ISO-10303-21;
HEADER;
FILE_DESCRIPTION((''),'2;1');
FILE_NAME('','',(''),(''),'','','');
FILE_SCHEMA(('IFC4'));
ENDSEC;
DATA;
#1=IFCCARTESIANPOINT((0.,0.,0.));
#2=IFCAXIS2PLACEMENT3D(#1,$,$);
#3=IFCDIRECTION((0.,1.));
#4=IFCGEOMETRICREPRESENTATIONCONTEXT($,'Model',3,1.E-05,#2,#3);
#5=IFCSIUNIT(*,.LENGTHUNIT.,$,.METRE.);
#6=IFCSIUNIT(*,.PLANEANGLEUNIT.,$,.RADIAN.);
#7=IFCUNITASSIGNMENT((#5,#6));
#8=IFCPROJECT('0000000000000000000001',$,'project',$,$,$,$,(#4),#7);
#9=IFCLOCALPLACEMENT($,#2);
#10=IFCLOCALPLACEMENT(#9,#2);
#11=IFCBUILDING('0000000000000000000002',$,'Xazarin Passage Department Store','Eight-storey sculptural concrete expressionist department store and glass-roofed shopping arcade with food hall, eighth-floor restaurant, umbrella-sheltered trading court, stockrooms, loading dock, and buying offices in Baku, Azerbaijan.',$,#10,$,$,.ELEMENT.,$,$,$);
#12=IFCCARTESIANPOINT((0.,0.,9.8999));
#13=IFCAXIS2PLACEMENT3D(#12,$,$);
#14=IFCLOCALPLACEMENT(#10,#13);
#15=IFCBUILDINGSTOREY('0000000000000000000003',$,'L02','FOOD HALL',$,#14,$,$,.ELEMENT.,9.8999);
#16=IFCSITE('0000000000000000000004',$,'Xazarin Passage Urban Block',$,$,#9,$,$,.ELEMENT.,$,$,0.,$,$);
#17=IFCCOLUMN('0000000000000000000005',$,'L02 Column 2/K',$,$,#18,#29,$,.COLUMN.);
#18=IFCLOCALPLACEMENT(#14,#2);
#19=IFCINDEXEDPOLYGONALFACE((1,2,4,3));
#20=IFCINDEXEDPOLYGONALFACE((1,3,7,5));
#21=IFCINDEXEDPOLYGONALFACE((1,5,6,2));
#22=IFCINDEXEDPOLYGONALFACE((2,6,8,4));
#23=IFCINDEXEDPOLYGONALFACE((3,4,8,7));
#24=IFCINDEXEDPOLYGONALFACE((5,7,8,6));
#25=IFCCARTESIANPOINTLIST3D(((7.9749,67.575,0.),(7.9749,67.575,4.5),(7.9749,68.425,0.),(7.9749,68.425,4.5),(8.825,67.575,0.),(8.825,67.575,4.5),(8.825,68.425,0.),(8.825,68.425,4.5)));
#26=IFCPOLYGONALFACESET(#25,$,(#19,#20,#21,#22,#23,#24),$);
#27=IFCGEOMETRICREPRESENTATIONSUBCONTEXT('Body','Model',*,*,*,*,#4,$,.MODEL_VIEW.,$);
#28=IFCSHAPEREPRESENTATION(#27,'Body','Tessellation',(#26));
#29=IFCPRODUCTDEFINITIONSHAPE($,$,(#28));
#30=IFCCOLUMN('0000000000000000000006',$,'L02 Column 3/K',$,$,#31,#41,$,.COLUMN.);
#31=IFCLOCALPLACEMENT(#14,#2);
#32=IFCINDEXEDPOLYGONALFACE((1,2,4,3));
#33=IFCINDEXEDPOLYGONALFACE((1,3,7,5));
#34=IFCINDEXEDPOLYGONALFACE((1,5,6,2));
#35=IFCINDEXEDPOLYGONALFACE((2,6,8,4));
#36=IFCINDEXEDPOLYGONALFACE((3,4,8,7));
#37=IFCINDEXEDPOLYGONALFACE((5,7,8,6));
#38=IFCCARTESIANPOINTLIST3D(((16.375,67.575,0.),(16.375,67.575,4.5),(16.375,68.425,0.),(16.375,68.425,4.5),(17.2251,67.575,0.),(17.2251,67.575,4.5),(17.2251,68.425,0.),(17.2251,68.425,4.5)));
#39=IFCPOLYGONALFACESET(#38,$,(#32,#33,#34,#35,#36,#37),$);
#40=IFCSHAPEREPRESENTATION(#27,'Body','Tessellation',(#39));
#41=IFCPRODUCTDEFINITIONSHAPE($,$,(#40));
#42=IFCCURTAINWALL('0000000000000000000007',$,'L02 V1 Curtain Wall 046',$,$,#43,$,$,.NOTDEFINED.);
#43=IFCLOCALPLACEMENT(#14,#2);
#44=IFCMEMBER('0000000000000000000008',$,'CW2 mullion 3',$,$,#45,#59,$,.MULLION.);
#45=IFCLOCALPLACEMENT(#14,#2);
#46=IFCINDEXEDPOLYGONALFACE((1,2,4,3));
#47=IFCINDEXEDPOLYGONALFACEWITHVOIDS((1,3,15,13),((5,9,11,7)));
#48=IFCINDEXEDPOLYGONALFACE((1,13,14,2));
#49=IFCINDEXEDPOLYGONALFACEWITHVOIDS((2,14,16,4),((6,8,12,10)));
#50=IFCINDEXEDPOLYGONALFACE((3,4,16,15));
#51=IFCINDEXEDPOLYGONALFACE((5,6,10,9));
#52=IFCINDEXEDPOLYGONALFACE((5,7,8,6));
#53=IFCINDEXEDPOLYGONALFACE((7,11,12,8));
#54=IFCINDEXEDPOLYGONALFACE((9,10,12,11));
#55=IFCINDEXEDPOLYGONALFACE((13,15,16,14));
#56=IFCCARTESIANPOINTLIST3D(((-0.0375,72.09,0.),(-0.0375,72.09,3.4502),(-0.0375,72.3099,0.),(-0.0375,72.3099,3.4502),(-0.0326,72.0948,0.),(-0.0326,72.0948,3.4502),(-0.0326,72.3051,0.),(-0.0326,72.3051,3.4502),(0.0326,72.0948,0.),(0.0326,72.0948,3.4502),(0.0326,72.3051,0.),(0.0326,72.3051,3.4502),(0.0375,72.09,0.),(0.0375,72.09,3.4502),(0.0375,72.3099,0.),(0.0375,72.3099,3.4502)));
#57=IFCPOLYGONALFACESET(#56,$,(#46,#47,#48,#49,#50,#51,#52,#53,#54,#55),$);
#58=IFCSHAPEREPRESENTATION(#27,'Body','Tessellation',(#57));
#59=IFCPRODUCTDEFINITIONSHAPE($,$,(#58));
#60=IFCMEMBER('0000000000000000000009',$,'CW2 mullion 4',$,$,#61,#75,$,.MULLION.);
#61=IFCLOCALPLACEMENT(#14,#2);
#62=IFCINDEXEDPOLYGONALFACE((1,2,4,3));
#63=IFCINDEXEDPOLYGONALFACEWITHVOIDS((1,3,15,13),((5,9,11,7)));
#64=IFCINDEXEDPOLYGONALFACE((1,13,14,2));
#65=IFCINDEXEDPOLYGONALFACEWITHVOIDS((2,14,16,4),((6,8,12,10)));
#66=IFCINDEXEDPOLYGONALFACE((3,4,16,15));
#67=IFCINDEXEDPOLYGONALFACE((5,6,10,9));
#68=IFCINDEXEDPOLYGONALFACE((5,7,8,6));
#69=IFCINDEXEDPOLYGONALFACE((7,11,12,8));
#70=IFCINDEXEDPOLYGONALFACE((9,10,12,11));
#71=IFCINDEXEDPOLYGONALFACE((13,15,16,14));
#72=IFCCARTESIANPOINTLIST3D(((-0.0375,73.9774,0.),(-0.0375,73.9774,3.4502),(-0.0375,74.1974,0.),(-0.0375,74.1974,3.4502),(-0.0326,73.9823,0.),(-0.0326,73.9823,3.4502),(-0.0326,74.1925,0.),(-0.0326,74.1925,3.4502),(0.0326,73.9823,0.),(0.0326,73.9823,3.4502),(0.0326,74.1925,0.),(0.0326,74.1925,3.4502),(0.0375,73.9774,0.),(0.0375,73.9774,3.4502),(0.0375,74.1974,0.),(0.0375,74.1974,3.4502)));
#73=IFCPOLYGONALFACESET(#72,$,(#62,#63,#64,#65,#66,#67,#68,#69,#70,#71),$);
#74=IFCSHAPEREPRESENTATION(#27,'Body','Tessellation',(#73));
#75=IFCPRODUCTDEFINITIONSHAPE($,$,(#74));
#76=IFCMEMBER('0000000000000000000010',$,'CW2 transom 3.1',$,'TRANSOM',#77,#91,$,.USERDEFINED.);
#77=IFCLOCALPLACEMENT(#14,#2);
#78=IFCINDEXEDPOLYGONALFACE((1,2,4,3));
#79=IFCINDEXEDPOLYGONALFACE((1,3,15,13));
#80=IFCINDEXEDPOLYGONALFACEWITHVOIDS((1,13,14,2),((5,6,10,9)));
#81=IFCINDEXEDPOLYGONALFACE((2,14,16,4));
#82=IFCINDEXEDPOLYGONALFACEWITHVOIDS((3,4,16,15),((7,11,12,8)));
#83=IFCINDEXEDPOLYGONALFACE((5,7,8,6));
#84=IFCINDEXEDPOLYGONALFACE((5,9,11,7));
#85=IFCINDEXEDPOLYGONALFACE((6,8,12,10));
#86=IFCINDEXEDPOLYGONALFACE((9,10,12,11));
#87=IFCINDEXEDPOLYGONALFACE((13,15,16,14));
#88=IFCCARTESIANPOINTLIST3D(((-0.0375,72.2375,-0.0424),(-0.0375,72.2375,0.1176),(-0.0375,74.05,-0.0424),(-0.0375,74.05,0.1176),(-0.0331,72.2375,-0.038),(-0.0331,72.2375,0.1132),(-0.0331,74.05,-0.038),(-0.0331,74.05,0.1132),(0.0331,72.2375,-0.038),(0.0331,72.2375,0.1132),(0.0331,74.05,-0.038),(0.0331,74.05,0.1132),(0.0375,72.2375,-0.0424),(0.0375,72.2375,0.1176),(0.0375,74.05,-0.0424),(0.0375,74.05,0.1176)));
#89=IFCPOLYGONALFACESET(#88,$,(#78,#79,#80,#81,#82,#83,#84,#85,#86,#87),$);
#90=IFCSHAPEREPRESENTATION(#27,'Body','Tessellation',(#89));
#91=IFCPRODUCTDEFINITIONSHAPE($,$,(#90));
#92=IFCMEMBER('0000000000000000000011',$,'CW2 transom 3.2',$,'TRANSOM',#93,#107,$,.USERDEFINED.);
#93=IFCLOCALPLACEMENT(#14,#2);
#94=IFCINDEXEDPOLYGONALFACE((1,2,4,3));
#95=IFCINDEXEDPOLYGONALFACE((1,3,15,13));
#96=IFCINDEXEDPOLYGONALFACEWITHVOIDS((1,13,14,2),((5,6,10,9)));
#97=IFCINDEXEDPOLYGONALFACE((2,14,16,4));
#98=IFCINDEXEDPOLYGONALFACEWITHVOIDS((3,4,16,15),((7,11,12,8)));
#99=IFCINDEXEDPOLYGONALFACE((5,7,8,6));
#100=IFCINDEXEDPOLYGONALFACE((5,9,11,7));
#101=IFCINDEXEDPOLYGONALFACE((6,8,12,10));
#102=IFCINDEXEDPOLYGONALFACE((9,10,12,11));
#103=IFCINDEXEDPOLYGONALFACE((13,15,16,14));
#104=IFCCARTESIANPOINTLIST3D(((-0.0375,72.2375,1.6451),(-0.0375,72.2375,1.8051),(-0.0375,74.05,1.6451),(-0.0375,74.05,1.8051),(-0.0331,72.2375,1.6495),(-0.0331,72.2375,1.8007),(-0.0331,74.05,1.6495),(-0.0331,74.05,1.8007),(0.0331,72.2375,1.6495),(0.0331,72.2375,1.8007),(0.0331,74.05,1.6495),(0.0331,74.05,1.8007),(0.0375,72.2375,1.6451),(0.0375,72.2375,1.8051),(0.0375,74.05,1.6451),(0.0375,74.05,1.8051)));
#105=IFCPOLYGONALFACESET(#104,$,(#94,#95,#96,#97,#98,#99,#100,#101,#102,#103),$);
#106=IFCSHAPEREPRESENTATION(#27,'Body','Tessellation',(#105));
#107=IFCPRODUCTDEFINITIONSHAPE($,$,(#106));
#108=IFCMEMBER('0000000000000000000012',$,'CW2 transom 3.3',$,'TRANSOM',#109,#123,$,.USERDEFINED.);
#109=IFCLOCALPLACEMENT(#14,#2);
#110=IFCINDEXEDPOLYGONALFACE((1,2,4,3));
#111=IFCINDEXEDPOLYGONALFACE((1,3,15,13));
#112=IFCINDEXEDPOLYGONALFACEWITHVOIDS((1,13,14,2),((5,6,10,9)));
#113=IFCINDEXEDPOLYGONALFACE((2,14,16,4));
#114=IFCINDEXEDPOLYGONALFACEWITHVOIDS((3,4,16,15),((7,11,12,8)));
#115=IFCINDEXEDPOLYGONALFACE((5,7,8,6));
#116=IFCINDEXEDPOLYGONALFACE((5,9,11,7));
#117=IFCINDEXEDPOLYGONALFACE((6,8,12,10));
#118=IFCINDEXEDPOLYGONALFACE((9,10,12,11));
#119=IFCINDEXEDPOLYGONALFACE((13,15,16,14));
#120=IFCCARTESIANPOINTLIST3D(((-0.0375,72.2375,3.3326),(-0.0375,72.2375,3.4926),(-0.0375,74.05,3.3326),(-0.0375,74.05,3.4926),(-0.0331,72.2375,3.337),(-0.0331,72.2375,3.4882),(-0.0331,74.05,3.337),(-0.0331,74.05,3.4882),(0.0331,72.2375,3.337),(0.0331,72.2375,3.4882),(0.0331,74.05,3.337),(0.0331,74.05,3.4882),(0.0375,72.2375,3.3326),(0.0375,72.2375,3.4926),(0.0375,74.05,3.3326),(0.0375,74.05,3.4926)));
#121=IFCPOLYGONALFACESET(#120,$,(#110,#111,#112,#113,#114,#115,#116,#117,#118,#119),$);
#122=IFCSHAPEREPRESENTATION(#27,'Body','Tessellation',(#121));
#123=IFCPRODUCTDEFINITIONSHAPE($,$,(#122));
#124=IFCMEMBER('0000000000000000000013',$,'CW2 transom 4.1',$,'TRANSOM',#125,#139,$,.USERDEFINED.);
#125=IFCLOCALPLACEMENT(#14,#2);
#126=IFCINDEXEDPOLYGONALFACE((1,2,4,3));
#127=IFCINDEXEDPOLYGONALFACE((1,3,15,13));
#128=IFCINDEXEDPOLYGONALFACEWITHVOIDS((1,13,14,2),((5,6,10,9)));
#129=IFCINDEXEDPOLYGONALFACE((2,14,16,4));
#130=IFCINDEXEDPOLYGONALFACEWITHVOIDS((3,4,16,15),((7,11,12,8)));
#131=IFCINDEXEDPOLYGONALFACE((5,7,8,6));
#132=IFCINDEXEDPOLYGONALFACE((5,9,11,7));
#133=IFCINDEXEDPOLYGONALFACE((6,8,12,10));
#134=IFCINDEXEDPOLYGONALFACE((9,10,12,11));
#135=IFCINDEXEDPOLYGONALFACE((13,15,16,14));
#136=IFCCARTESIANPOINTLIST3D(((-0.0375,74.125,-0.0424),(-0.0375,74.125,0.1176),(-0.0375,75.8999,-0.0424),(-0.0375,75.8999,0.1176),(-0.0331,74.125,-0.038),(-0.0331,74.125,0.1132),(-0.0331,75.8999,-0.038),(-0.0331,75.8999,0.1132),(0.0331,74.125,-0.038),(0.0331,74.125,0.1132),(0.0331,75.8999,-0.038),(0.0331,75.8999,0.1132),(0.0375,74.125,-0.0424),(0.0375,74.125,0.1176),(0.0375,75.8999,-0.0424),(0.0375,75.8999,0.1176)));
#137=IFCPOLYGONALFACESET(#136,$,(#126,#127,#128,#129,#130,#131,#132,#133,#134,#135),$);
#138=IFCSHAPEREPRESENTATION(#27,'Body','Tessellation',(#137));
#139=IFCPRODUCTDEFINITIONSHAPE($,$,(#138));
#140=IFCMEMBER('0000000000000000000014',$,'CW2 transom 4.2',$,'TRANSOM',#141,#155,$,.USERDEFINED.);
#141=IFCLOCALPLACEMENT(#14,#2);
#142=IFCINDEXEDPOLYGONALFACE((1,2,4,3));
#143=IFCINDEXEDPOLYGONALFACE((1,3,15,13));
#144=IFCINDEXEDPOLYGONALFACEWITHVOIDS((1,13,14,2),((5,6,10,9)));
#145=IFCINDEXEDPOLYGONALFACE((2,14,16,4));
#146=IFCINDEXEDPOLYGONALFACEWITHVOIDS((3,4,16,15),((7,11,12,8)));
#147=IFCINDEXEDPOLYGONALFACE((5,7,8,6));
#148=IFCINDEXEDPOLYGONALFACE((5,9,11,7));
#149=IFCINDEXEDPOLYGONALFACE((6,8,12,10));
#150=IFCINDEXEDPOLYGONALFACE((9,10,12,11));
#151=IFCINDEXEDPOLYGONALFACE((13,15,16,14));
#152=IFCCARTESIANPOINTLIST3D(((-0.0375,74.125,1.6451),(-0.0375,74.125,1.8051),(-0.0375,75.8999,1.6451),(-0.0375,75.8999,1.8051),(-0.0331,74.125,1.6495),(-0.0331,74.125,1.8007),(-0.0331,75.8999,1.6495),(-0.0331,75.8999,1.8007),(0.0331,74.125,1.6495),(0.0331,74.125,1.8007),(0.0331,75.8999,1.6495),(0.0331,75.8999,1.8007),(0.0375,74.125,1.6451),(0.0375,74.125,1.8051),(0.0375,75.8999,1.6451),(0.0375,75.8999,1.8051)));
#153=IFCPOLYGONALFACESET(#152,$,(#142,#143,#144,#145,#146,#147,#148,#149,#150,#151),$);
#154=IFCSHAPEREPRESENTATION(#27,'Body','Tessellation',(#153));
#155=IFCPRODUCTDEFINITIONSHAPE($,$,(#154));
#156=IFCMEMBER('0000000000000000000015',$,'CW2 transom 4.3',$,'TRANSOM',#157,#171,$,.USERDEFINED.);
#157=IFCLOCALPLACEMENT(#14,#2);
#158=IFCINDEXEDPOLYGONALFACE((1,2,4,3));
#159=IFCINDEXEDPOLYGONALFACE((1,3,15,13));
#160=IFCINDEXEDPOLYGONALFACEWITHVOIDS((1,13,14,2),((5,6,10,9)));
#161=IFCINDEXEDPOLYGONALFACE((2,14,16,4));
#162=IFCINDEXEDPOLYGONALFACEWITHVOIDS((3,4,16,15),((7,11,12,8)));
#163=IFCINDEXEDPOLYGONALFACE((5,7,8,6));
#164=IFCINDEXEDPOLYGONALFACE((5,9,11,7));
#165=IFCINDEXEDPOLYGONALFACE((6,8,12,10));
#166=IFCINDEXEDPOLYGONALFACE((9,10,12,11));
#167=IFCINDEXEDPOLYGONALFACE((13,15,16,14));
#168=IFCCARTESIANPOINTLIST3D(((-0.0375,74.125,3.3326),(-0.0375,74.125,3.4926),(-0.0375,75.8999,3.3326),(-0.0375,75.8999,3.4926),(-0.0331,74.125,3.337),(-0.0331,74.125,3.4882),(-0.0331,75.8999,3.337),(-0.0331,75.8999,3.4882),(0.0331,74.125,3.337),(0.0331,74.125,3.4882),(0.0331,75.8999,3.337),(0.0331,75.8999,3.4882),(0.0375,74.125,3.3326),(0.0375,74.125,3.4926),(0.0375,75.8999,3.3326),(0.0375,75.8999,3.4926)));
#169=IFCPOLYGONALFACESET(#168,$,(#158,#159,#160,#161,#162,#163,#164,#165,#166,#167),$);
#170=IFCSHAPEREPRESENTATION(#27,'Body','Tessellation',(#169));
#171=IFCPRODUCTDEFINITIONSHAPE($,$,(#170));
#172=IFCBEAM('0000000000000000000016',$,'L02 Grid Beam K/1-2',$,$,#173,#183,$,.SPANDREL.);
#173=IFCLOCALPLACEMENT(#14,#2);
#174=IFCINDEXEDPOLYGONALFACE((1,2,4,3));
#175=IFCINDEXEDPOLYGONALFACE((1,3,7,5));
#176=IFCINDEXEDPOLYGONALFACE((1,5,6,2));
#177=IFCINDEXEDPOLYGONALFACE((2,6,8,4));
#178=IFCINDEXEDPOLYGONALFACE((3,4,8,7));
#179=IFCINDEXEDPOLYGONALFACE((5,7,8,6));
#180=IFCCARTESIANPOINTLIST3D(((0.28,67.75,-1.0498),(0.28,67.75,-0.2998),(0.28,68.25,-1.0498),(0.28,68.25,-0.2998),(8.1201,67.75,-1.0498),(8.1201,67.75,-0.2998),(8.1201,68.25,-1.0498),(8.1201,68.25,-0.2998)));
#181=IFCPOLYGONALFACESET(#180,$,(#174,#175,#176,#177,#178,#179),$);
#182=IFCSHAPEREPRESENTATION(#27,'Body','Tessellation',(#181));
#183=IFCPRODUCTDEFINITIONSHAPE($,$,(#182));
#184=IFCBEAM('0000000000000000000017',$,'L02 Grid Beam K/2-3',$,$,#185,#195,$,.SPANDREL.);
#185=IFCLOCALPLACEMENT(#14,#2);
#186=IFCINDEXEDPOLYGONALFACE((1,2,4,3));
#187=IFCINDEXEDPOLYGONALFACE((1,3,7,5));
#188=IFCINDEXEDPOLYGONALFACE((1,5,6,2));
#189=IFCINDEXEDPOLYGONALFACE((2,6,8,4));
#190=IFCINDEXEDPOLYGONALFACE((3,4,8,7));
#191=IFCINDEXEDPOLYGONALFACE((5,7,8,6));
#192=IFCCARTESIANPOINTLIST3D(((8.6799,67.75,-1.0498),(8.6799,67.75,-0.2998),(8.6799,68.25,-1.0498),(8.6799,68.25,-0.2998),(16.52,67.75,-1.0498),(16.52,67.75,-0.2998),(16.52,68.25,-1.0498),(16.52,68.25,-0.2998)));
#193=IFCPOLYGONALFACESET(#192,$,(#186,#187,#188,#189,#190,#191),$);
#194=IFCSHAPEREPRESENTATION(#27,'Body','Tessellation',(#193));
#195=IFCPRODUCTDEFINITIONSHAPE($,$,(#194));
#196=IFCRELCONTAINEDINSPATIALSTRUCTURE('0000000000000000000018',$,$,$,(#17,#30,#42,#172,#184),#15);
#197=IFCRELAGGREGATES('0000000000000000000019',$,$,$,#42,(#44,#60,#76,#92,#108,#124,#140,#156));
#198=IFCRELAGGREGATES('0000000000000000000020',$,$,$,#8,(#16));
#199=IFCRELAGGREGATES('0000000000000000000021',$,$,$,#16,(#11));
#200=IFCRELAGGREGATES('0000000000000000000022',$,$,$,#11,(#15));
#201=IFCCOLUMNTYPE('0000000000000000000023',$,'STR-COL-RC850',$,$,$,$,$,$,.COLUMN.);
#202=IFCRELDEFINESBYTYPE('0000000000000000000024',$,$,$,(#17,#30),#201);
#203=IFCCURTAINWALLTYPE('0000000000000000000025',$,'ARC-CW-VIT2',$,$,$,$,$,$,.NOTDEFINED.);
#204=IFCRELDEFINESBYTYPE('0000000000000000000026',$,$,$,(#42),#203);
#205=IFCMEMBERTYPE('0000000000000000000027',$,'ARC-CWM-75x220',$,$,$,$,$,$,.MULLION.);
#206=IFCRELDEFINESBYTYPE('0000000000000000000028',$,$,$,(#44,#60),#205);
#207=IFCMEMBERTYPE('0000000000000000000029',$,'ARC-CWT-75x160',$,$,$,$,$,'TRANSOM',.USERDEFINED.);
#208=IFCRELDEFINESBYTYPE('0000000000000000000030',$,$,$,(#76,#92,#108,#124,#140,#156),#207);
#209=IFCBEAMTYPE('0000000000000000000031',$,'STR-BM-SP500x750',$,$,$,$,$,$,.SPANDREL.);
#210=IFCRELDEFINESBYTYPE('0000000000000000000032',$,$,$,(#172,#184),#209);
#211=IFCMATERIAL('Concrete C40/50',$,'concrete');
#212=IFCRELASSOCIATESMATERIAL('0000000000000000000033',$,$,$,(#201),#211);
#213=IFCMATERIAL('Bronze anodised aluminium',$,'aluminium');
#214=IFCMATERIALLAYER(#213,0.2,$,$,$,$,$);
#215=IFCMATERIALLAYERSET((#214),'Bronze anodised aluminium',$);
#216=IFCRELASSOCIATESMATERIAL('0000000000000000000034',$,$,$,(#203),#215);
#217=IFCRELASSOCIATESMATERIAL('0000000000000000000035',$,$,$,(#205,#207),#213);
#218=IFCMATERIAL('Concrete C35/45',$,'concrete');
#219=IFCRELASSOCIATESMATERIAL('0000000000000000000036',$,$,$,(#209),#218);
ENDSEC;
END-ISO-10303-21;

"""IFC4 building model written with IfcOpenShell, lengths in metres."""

from ifc_helpers import new_model, si_unit, direction, frame, origin, origin_2d, place, context, subcontext, project, spatial, rectangle, hollow_rectangle, extrude, material, layer, layer_set, material_profile, profile_set, type_object, element, aggregate, save


model = new_model("IFC4")

# Units and contexts
model_context = context("Model", 3, precision=1e-05, world=origin(), true_north=direction((0.0, 1.0)))
body_context = subcontext(model_context, "Body", "Model", "MODEL_VIEW")
ifc_project = project(units=[si_unit("LENGTHUNIT", "METRE"), si_unit("PLANEANGLEUNIT", "RADIAN")], contexts=[model_context])

# Site, building, storey
site_placement = place(None, origin())
site = spatial("IfcSite", under=ifc_project, at=site_placement, Name="Xazarin Passage Urban Block", CompositionType="ELEMENT", RefElevation=0.0)
building_placement = place(site_placement, origin())
building = spatial("IfcBuilding", under=site, at=building_placement, Name="Xazarin Passage Department Store", Description="Eight-storey sculptural concrete expressionist department store and glass-roofed shopping arcade with food hall, eighth-floor restaurant, umbrella-sheltered trading court, stockrooms, loading dock, and buying offices in Baku, Azerbaijan.", CompositionType="ELEMENT")
storey_placement = place(building_placement, frame((0.0, 0.0, 9.8999)))
storey = spatial("IfcBuildingStorey", under=building, at=storey_placement, Name="L02", Description="FOOD HALL", CompositionType="ELEMENT", Elevation=9.8999)

# Columns
ifc_material_1 = material(Name="Concrete C40/50", Category="concrete")
ifc_material_profile_1 = material_profile(ifc_material_1, rectangle(XDim=0.8501, YDim=0.8501, at=origin_2d()), Name="RC 850x850")
ifc_profile_set_1 = profile_set([ifc_material_profile_1], Name="Concrete C40/50")
column_type = type_object("IfcColumnType", Name="STR-COL-RC850", PredefinedType="COLUMN", material=ifc_profile_set_1)
for number, where, z_axis, x_axis, name in (
    (1, (8.3999, 68.0, 0.0), (0.0, 0.0, 1.0), (1.0, 0.0, 0.0), "L02 Column 2/K"),
    (2, (16.8, 68.0, 0.0), (0.0, 0.0, 1.0), (1.0, 0.0, 0.0), "L02 Column 3/K"),
):
    element("IfcColumn", number, at=place(storey_placement, frame(where, z_axis=z_axis, x_axis=x_axis)), inside=storey, type_object=column_type, Name=name, PredefinedType="COLUMN", context=body_context, shape_type="SweptSolid", body=[
        extrude(rectangle(XDim=0.8501, YDim=0.8501, at=origin_2d()), origin(), (0.0, 0.0, 1.0), 4.5),
    ])

# Curtain wall, members
ifc_material_2 = material(Name="Bronze anodised aluminium", Category="aluminium")
ifc_layer_1 = layer(ifc_material_2, 0.2)
ifc_layer_set_1 = layer_set([ifc_layer_1], Name="Bronze anodised aluminium")
curtain_wall_type = type_object("IfcCurtainWallType", Name="ARC-CW-VIT2", PredefinedType="NOTDEFINED", material=ifc_layer_set_1)
curtain_wall_placement = place(storey_placement, origin())
curtain_wall = element("IfcCurtainWall", 3, at=curtain_wall_placement, inside=storey, type_object=curtain_wall_type, Name="L02 V1 Curtain Wall 046", PredefinedType="NOTDEFINED")
ifc_material_profile_2 = material_profile(ifc_material_2, hollow_rectangle(XDim=0.075, YDim=0.22, WallThickness=0.0049, at=origin_2d()), Name="ALU 75x220")
ifc_profile_set_2 = profile_set([ifc_material_profile_2], Name="Bronze anodised aluminium")
member_type_1 = type_object("IfcMemberType", Name="ARC-CWM-75x220", PredefinedType="MULLION", material=ifc_profile_set_2)
member_1_placement = place(storey_placement, frame((0.0, 72.2, 0.0), z_axis=(0.0, 0.0, 1.0), x_axis=(-1.0, 0.0, 0.0)))
member_1 = element("IfcMember", 4, at=member_1_placement, type_object=member_type_1, Name="CW2 mullion 3", PredefinedType="MULLION", context=body_context, shape_type="SweptSolid", body=[
    extrude(hollow_rectangle(XDim=0.075, YDim=0.22, WallThickness=0.0049, at=origin_2d()), origin(), (0.0, 0.0, 1.0), 3.4502),
])
member_2_placement = place(storey_placement, frame((0.0, 74.0874, 0.0), z_axis=(0.0, 0.0, 1.0), x_axis=(-1.0, 0.0, 0.0)))
member_2 = element("IfcMember", 5, at=member_2_placement, type_object=member_type_1, Name="CW2 mullion 4", PredefinedType="MULLION", context=body_context, shape_type="SweptSolid", body=[
    extrude(hollow_rectangle(XDim=0.075, YDim=0.22, WallThickness=0.0049, at=origin_2d()), origin(), (0.0, 0.0, 1.0), 3.4502),
])
ifc_material_profile_3 = material_profile(ifc_material_2, hollow_rectangle(XDim=0.075, YDim=0.1599, WallThickness=0.0044, at=origin_2d()), Name="ALU 75x160")
ifc_profile_set_3 = profile_set([ifc_material_profile_3], Name="Bronze anodised aluminium")
member_type_2 = type_object("IfcMemberType", Name="ARC-CWT-75x160", ElementType="TRANSOM", PredefinedType="USERDEFINED", material=ifc_profile_set_3)
member_3_placement = place(storey_placement, frame((0.0, 72.2375, 0.0376), z_axis=(0.0, 1.0, 0.0), x_axis=(-1.0, 0.0, 0.0)))
member_3 = element("IfcMember", 6, at=member_3_placement, type_object=member_type_2, Name="CW2 transom 3.1", ObjectType="TRANSOM", PredefinedType="USERDEFINED", context=body_context, shape_type="SweptSolid", body=[
    extrude(hollow_rectangle(XDim=0.075, YDim=0.1599, WallThickness=0.0044, at=origin_2d()), origin(), (0.0, 0.0, 1.0), 1.8125),
])
member_4_placement = place(storey_placement, frame((0.0, 72.2375, 1.7251), z_axis=(0.0, 1.0, 0.0), x_axis=(-1.0, 0.0, 0.0)))
member_4 = element("IfcMember", 7, at=member_4_placement, type_object=member_type_2, Name="CW2 transom 3.2", ObjectType="TRANSOM", PredefinedType="USERDEFINED", context=body_context, shape_type="SweptSolid", body=[
    extrude(hollow_rectangle(XDim=0.075, YDim=0.1599, WallThickness=0.0044, at=origin_2d()), origin(), (0.0, 0.0, 1.0), 1.8125),
])
member_5_placement = place(storey_placement, frame((0.0, 72.2375, 3.4126), z_axis=(0.0, 1.0, 0.0), x_axis=(-1.0, 0.0, 0.0)))
member_5 = element("IfcMember", 8, at=member_5_placement, type_object=member_type_2, Name="CW2 transom 3.3", ObjectType="TRANSOM", PredefinedType="USERDEFINED", context=body_context, shape_type="SweptSolid", body=[
    extrude(hollow_rectangle(XDim=0.075, YDim=0.1599, WallThickness=0.0044, at=origin_2d()), origin(), (0.0, 0.0, 1.0), 1.8125),
])
member_6_placement = place(storey_placement, frame((0.0, 74.125, 0.0376), z_axis=(0.0, 1.0, 0.0), x_axis=(-1.0, 0.0, 0.0)))
member_6 = element("IfcMember", 9, at=member_6_placement, type_object=member_type_2, Name="CW2 transom 4.1", ObjectType="TRANSOM", PredefinedType="USERDEFINED", context=body_context, shape_type="SweptSolid", body=[
    extrude(hollow_rectangle(XDim=0.075, YDim=0.1599, WallThickness=0.0044, at=origin_2d()), origin(), (0.0, 0.0, 1.0), 1.7749),
])
member_7_placement = place(storey_placement, frame((0.0, 74.125, 1.7251), z_axis=(0.0, 1.0, 0.0), x_axis=(-1.0, 0.0, 0.0)))
member_7 = element("IfcMember", 10, at=member_7_placement, type_object=member_type_2, Name="CW2 transom 4.2", ObjectType="TRANSOM", PredefinedType="USERDEFINED", context=body_context, shape_type="SweptSolid", body=[
    extrude(hollow_rectangle(XDim=0.075, YDim=0.1599, WallThickness=0.0044, at=origin_2d()), origin(), (0.0, 0.0, 1.0), 1.7749),
])
member_8_placement = place(storey_placement, frame((0.0, 74.125, 3.4126), z_axis=(0.0, 1.0, 0.0), x_axis=(-1.0, 0.0, 0.0)))
member_8 = element("IfcMember", 11, at=member_8_placement, type_object=member_type_2, Name="CW2 transom 4.3", ObjectType="TRANSOM", PredefinedType="USERDEFINED", context=body_context, shape_type="SweptSolid", body=[
    extrude(hollow_rectangle(XDim=0.075, YDim=0.1599, WallThickness=0.0044, at=origin_2d()), origin(), (0.0, 0.0, 1.0), 1.7749),
])

# Beams
ifc_material_3 = material(Name="Concrete C35/45", Category="concrete")
ifc_material_profile_4 = material_profile(ifc_material_3, rectangle(XDim=0.5, YDim=0.75, at=origin_2d()), Name="RC 500x750")
ifc_profile_set_4 = profile_set([ifc_material_profile_4], Name="Concrete C35/45")
beam_type = type_object("IfcBeamType", Name="STR-BM-SP500x750", PredefinedType="SPANDREL", material=ifc_profile_set_4)
for number, where, z_axis, x_axis, name in (
    (12, (0.28, 68.0, -0.6748), (1.0, 0.0, 0.0), (0.0, 1.0, 0.0), "L02 Grid Beam K/1-2"),
    (13, (8.6799, 68.0, -0.6748), (1.0, 0.0, 0.0), (0.0, 1.0, 0.0), "L02 Grid Beam K/2-3"),
):
    element("IfcBeam", number, at=place(storey_placement, frame(where, z_axis=z_axis, x_axis=x_axis)), inside=storey, type_object=beam_type, Name=name, PredefinedType="SPANDREL", context=body_context, shape_type="SweptSolid", body=[
        extrude(rectangle(XDim=0.5, YDim=0.75, at=origin_2d()), origin(), (0.0, 0.0, 1.0), 7.8401),
    ])

aggregate(curtain_wall, [member_1, member_2, member_3, member_4, member_5, member_6, member_7, member_8])

save(model, "model.ifc")
